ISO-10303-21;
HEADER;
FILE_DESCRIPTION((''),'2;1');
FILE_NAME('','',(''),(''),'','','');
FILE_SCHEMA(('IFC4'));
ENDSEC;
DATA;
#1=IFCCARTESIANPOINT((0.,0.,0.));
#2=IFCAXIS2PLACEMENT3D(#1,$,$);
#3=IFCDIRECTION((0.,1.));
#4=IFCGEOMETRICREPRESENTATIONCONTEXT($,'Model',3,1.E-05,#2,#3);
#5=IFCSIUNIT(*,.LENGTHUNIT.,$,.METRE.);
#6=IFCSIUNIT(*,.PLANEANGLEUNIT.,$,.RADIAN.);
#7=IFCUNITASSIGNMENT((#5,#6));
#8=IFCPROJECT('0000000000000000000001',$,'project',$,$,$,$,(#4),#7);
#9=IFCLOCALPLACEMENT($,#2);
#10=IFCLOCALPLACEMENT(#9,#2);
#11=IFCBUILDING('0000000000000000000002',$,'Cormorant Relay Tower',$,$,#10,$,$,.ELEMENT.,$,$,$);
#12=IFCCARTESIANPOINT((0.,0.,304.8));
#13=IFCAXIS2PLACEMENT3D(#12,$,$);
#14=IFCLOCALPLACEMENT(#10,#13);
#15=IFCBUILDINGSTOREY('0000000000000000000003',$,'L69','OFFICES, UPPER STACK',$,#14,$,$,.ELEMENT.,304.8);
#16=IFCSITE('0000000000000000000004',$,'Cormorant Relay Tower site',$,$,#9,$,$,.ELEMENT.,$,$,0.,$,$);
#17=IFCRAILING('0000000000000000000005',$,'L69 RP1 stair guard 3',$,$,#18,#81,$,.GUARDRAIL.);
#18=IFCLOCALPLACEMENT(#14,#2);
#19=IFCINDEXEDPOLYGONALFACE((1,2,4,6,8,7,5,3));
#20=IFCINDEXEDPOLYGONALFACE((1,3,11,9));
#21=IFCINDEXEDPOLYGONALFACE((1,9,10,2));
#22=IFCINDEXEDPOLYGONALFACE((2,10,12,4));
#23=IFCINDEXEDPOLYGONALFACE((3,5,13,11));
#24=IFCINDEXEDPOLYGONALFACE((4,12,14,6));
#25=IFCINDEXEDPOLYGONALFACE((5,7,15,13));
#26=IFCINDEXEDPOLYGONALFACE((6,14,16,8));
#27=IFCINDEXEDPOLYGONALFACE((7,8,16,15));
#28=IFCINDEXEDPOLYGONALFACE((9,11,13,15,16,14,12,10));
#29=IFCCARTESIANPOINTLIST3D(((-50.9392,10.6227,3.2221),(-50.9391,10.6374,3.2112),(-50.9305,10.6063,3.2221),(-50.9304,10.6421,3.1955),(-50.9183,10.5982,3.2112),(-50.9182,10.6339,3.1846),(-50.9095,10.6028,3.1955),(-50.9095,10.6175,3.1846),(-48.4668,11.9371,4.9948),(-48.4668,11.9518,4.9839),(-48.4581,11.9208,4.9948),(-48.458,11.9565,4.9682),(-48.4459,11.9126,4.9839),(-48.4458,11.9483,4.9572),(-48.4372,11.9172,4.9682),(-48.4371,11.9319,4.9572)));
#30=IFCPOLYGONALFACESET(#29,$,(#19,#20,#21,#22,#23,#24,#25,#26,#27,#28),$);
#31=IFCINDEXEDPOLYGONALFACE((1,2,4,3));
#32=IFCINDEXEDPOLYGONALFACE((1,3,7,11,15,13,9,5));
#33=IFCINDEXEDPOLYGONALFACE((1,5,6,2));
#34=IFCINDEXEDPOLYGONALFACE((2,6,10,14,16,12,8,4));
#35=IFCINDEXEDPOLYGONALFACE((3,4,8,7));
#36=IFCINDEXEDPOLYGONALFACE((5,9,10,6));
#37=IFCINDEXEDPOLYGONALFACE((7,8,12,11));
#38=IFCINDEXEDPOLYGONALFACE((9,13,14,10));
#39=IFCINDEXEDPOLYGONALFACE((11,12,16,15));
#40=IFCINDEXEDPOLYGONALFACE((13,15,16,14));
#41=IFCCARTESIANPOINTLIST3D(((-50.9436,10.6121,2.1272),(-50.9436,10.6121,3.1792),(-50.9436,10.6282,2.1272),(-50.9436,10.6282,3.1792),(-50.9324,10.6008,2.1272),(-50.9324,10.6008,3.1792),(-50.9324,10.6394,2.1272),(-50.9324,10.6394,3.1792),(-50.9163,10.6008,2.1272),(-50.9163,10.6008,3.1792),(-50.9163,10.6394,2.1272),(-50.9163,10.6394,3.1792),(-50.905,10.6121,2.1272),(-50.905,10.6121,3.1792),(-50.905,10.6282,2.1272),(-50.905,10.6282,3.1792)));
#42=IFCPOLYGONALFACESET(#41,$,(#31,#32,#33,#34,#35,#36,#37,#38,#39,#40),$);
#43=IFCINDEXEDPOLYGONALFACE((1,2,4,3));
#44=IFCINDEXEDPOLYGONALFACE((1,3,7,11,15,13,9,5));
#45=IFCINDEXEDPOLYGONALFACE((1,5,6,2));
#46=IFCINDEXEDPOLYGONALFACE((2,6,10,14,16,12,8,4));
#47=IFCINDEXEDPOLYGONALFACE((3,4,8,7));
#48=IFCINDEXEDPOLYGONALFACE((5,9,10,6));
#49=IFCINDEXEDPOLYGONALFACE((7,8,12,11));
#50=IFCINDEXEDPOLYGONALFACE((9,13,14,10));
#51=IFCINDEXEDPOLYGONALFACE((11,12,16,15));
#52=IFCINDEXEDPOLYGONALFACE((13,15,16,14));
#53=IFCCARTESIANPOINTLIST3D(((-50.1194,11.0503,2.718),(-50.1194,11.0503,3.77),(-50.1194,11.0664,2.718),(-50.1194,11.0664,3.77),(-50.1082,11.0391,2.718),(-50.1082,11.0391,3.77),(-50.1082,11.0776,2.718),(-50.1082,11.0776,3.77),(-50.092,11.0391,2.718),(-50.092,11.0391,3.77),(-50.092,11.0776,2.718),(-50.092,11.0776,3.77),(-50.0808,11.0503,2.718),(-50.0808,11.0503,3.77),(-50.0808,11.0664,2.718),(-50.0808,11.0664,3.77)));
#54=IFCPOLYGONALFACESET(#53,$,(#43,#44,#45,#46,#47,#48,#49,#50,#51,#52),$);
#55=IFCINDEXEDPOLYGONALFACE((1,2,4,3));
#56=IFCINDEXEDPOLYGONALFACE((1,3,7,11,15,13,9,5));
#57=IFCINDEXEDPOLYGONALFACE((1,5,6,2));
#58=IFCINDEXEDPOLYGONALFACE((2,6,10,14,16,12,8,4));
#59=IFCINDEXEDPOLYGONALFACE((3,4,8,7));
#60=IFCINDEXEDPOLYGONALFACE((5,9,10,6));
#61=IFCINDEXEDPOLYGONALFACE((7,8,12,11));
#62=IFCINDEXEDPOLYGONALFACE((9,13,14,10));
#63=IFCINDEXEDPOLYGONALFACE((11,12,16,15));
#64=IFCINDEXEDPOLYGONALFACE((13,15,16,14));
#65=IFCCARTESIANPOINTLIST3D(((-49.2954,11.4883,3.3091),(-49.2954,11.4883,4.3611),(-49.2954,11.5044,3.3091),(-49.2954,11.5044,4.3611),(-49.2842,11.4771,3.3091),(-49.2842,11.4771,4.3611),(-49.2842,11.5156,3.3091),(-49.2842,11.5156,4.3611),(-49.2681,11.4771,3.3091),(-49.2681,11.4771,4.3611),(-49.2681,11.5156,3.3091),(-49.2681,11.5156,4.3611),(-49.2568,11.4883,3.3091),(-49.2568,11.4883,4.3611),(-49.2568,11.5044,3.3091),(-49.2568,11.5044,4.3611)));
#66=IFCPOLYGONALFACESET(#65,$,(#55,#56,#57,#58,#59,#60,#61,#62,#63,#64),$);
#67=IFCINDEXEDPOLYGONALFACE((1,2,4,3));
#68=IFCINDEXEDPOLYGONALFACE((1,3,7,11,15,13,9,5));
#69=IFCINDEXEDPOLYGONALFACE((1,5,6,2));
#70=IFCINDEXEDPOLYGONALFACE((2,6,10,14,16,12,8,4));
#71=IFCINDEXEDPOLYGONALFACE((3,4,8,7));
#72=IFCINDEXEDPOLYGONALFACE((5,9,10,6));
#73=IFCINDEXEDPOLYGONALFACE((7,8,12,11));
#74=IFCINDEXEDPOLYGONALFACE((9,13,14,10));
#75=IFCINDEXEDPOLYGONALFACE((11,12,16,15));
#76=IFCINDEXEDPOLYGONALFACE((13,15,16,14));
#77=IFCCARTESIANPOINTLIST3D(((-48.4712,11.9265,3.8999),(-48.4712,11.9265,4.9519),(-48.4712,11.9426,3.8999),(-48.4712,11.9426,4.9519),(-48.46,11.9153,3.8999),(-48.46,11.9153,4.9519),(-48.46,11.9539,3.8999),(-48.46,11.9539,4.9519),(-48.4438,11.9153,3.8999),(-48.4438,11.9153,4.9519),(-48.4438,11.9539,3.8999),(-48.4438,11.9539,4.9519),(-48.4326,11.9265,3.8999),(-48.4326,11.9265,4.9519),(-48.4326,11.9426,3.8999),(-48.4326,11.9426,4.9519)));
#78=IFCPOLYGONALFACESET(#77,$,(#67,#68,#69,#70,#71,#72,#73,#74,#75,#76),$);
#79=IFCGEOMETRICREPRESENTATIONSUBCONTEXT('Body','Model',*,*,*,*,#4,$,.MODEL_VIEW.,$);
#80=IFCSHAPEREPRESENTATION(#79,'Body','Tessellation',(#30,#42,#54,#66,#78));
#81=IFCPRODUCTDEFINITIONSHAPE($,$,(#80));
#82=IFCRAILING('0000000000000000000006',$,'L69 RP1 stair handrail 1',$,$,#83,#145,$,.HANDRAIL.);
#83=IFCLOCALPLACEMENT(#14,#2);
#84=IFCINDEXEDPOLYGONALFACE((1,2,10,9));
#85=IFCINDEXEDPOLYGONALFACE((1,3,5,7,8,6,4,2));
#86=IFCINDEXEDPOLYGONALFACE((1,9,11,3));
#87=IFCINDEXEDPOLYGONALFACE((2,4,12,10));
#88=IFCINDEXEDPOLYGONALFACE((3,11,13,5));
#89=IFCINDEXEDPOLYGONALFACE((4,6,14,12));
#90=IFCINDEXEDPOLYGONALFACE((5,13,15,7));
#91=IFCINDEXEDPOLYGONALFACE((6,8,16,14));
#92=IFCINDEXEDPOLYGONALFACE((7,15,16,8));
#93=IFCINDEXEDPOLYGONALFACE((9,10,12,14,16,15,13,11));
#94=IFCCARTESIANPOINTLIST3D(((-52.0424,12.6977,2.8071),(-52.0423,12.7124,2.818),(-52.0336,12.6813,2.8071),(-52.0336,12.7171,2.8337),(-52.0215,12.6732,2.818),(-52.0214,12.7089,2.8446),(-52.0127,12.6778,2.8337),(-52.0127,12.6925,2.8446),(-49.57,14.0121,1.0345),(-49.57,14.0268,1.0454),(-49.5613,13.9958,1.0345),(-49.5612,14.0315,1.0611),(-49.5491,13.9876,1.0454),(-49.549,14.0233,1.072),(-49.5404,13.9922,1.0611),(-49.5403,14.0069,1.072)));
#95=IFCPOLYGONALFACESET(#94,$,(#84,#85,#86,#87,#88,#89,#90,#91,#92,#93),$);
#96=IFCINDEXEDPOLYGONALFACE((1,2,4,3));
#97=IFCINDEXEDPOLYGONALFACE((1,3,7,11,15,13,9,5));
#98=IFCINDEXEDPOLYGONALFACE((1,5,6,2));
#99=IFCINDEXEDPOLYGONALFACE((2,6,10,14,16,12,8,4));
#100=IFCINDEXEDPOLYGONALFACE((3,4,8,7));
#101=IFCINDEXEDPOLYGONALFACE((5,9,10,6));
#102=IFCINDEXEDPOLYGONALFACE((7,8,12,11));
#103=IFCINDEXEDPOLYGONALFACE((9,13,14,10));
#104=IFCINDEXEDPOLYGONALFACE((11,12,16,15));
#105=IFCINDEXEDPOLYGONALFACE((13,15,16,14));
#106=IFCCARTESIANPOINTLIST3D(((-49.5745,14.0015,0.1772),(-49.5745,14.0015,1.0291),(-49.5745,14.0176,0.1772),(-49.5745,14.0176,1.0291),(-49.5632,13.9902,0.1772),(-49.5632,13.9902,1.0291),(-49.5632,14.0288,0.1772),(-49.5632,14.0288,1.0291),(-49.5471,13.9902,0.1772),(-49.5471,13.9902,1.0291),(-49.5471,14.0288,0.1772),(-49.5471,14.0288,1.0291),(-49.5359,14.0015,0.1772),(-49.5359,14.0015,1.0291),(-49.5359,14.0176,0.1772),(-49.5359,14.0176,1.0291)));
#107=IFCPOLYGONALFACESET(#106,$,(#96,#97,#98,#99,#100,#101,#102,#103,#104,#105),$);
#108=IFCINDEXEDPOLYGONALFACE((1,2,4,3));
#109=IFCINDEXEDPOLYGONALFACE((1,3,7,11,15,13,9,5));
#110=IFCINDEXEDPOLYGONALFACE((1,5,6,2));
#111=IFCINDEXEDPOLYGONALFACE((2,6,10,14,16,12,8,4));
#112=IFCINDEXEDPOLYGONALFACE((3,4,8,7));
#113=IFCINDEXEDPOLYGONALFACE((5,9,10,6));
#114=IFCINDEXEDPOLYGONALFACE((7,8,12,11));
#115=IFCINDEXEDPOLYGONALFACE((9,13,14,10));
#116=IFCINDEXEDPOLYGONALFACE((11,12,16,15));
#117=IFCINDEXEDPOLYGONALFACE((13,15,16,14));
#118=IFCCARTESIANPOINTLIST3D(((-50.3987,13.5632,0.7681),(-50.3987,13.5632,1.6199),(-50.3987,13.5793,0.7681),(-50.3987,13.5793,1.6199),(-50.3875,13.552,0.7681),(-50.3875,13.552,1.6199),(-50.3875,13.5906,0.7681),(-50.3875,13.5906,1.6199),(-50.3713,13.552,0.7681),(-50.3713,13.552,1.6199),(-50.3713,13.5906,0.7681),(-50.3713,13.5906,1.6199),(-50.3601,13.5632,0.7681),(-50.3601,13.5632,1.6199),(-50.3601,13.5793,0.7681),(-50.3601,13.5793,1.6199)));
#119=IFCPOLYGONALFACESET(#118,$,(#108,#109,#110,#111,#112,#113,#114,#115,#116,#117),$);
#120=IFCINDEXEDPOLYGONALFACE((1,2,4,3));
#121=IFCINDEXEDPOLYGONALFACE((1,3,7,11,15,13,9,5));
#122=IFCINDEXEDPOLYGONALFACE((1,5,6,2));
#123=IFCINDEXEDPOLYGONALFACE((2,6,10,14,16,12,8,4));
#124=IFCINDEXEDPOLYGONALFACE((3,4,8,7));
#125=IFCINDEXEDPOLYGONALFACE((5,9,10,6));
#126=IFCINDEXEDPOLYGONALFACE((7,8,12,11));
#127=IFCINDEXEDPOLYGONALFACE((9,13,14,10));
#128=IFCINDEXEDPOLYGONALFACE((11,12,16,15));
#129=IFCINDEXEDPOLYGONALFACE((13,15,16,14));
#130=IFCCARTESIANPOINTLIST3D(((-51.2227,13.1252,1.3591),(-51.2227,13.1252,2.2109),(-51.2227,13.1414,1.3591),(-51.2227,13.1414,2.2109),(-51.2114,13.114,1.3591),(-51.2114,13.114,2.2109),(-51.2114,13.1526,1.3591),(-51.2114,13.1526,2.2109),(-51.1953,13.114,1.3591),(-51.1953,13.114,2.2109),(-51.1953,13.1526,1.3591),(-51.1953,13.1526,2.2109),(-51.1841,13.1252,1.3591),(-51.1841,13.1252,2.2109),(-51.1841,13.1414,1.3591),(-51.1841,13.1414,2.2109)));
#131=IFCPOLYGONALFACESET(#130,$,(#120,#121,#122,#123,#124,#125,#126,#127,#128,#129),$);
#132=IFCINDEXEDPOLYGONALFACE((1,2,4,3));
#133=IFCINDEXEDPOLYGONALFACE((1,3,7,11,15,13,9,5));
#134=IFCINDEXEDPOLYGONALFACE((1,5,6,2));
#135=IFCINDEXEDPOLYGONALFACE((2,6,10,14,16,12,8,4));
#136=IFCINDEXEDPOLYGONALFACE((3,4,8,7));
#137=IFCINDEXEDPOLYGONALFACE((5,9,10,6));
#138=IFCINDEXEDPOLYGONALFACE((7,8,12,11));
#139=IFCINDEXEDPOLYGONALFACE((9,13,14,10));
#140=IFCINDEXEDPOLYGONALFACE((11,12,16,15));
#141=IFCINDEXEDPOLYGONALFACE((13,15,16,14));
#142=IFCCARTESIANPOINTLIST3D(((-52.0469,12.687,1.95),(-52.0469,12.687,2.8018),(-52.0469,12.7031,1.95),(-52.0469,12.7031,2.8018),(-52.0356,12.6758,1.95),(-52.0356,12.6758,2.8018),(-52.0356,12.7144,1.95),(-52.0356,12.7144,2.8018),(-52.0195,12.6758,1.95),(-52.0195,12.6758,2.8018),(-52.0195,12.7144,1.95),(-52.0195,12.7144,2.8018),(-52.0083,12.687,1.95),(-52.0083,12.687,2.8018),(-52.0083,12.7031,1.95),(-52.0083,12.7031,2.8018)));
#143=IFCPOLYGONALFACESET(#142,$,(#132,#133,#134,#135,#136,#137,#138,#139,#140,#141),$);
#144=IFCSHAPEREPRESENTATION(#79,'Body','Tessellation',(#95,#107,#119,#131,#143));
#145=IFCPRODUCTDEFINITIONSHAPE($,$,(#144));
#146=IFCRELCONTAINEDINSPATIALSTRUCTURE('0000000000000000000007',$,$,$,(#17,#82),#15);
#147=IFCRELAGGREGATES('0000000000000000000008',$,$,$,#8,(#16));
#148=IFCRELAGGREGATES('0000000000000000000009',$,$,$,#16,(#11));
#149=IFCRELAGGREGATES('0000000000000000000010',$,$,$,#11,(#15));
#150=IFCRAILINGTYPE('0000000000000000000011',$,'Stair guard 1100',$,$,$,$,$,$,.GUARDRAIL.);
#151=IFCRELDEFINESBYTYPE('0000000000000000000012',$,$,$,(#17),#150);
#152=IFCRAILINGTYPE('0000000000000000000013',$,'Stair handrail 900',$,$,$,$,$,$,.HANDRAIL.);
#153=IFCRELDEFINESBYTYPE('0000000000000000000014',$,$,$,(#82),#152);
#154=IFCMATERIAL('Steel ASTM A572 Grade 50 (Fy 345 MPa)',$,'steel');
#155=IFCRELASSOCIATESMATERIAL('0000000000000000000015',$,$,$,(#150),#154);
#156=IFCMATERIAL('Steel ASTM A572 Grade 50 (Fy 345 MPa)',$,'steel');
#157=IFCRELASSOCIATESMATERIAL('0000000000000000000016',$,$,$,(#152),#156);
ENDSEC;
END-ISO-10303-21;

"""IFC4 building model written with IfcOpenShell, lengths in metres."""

from ifc_helpers import new_model, si_unit, direction, frame, origin, place, context, subcontext, project, spatial, polyline, outline, extrude, material, type_object, element, save


model = new_model("IFC4")

# Units and contexts
model_context = context("Model", 3, precision=1e-05, world=origin(), true_north=direction((0.0, 1.0)))
body_context = subcontext(model_context, "Body", "Model", "MODEL_VIEW")
ifc_project = project(units=[si_unit("LENGTHUNIT", "METRE"), si_unit("PLANEANGLEUNIT", "RADIAN")], contexts=[model_context])

# Site, building, storey
site_placement = place(None, origin())
site = spatial("IfcSite", under=ifc_project, at=site_placement, Name="Cormorant Relay Tower site", CompositionType="ELEMENT", RefElevation=0.0)
building_placement = place(site_placement, origin())
building = spatial("IfcBuilding", under=site, at=building_placement, Name="Cormorant Relay Tower", CompositionType="ELEMENT")
storey_placement = place(building_placement, frame((0.0, 0.0, 304.8)))
storey = spatial("IfcBuildingStorey", under=building, at=storey_placement, Name="L69", Description="OFFICES, UPPER STACK", CompositionType="ELEMENT", Elevation=304.8)

# Railings
ifc_material_1 = material(Name="Steel ASTM A572 Grade 50 (Fy 345 MPa)", Category="steel")
railing_type_1 = type_object("IfcRailingType", Name="Stair guard 1100", PredefinedType="GUARDRAIL", material=ifc_material_1)
railing_1_placement = place(storey_placement, frame((-50.9243, 10.6201, 2.1272)))
element("IfcRailing", 1, at=railing_1_placement, inside=storey, type_object=railing_type_1, Name="L69 RP1 stair guard 3", PredefinedType="GUARDRAIL", context=body_context, shape_type="SweptSolid", body=[
    extrude(outline(polyline([(0.0222, 0.0093), (0.0093, 0.0222), (-0.0093, 0.0222), (-0.0222, 0.0093), (-0.0222, -0.0093), (-0.0093, -0.0222), (0.0093, -0.0222), (0.0222, -0.0093), (0.0222, 0.0093)])), frame((0.0, 0.0, 1.0762), z_axis=(0.746034, 0.396627, 0.534902), x_axis=(-0.469429, 0.88297, 0.0)), (0.0, 0.0, 1.0), 3.314),
    extrude(outline(polyline([(0.0193, 0.0081), (0.0081, 0.0193), (-0.0081, 0.0193), (-0.0193, 0.0081), (-0.0193, -0.0081), (-0.0081, -0.0193), (0.0081, -0.0193), (0.0193, -0.0081), (0.0193, 0.0081)])), origin(), (0.0, 0.0, 1.0), 1.052),
    extrude(outline(polyline([(0.0193, 0.0081), (0.0081, 0.0193), (-0.0081, 0.0193), (-0.0193, 0.0081), (-0.0193, -0.0081), (-0.0081, -0.0193), (0.0081, -0.0193), (0.0193, -0.0081), (0.0193, 0.0081)])), frame((0.8242, 0.4382, 0.5908)), (0.0, 0.0, 1.0), 1.052),
    extrude(outline(polyline([(0.0193, 0.0081), (0.0081, 0.0193), (-0.0081, 0.0193), (-0.0193, 0.0081), (-0.0193, -0.0081), (-0.0081, -0.0193), (0.0081, -0.0193), (0.0193, -0.0081), (0.0193, 0.0081)])), frame((1.6482, 0.8762, 1.1819)), (0.0, 0.0, 1.0), 1.052),
    extrude(outline(polyline([(0.0193, 0.0081), (0.0081, 0.0193), (-0.0081, 0.0193), (-0.0193, 0.0081), (-0.0193, -0.0081), (-0.0081, -0.0193), (0.0081, -0.0193), (0.0193, -0.0081), (0.0193, 0.0081)])), frame((2.4724, 1.3145, 1.7727)), (0.0, 0.0, 1.0), 1.052),
])
ifc_material_2 = material(Name="Steel ASTM A572 Grade 50 (Fy 345 MPa)", Category="steel")
railing_type_2 = type_object("IfcRailingType", Name="Stair handrail 900", PredefinedType="HANDRAIL", material=ifc_material_2)
railing_2_placement = place(storey_placement, frame((-49.5552, 14.0095, 0.1772)))
element("IfcRailing", 2, at=railing_2_placement, inside=storey, type_object=railing_type_2, Name="L69 RP1 stair handrail 1", PredefinedType="HANDRAIL", context=body_context, shape_type="SweptSolid", body=[
    extrude(outline(polyline([(0.0222, 0.0093), (0.0093, 0.0222), (-0.0093, 0.0222), (-0.0222, 0.0093), (-0.0222, -0.0093), (-0.0093, -0.0222), (0.0093, -0.0222), (0.0222, -0.0093), (0.0222, 0.0093)])), frame((0.0, 0.0, 0.876), z_axis=(-0.746034, -0.396627, 0.534902), x_axis=(0.469429, -0.88297, 0.0)), (0.0, 0.0, 1.0), 3.314),
    extrude(outline(polyline([(0.0193, 0.0081), (0.0081, 0.0193), (-0.0081, 0.0193), (-0.0193, 0.0081), (-0.0193, -0.0081), (-0.0081, -0.0193), (0.0081, -0.0193), (0.0193, -0.0081), (0.0193, 0.0081)])), origin(), (0.0, 0.0, 1.0), 0.8518),
    extrude(outline(polyline([(0.0193, 0.0081), (0.0081, 0.0193), (-0.0081, 0.0193), (-0.0193, 0.0081), (-0.0193, -0.0081), (-0.0081, -0.0193), (0.0081, -0.0193), (0.0193, -0.0081), (0.0193, 0.0081)])), frame((-0.8242, -0.4382, 0.5908)), (0.0, 0.0, 1.0), 0.8518),
    extrude(outline(polyline([(0.0193, 0.0081), (0.0081, 0.0193), (-0.0081, 0.0193), (-0.0193, 0.0081), (-0.0193, -0.0081), (-0.0081, -0.0193), (0.0081, -0.0193), (0.0193, -0.0081), (0.0193, 0.0081)])), frame((-1.6482, -0.8762, 1.1819)), (0.0, 0.0, 1.0), 0.8518),
    extrude(outline(polyline([(0.0193, 0.0081), (0.0081, 0.0193), (-0.0081, 0.0193), (-0.0193, 0.0081), (-0.0193, -0.0081), (-0.0081, -0.0193), (0.0081, -0.0193), (0.0193, -0.0081), (0.0193, 0.0081)])), frame((-2.4724, -1.3145, 1.7727)), (0.0, 0.0, 1.0), 0.8518),
])

save(model, "model.ifc")
